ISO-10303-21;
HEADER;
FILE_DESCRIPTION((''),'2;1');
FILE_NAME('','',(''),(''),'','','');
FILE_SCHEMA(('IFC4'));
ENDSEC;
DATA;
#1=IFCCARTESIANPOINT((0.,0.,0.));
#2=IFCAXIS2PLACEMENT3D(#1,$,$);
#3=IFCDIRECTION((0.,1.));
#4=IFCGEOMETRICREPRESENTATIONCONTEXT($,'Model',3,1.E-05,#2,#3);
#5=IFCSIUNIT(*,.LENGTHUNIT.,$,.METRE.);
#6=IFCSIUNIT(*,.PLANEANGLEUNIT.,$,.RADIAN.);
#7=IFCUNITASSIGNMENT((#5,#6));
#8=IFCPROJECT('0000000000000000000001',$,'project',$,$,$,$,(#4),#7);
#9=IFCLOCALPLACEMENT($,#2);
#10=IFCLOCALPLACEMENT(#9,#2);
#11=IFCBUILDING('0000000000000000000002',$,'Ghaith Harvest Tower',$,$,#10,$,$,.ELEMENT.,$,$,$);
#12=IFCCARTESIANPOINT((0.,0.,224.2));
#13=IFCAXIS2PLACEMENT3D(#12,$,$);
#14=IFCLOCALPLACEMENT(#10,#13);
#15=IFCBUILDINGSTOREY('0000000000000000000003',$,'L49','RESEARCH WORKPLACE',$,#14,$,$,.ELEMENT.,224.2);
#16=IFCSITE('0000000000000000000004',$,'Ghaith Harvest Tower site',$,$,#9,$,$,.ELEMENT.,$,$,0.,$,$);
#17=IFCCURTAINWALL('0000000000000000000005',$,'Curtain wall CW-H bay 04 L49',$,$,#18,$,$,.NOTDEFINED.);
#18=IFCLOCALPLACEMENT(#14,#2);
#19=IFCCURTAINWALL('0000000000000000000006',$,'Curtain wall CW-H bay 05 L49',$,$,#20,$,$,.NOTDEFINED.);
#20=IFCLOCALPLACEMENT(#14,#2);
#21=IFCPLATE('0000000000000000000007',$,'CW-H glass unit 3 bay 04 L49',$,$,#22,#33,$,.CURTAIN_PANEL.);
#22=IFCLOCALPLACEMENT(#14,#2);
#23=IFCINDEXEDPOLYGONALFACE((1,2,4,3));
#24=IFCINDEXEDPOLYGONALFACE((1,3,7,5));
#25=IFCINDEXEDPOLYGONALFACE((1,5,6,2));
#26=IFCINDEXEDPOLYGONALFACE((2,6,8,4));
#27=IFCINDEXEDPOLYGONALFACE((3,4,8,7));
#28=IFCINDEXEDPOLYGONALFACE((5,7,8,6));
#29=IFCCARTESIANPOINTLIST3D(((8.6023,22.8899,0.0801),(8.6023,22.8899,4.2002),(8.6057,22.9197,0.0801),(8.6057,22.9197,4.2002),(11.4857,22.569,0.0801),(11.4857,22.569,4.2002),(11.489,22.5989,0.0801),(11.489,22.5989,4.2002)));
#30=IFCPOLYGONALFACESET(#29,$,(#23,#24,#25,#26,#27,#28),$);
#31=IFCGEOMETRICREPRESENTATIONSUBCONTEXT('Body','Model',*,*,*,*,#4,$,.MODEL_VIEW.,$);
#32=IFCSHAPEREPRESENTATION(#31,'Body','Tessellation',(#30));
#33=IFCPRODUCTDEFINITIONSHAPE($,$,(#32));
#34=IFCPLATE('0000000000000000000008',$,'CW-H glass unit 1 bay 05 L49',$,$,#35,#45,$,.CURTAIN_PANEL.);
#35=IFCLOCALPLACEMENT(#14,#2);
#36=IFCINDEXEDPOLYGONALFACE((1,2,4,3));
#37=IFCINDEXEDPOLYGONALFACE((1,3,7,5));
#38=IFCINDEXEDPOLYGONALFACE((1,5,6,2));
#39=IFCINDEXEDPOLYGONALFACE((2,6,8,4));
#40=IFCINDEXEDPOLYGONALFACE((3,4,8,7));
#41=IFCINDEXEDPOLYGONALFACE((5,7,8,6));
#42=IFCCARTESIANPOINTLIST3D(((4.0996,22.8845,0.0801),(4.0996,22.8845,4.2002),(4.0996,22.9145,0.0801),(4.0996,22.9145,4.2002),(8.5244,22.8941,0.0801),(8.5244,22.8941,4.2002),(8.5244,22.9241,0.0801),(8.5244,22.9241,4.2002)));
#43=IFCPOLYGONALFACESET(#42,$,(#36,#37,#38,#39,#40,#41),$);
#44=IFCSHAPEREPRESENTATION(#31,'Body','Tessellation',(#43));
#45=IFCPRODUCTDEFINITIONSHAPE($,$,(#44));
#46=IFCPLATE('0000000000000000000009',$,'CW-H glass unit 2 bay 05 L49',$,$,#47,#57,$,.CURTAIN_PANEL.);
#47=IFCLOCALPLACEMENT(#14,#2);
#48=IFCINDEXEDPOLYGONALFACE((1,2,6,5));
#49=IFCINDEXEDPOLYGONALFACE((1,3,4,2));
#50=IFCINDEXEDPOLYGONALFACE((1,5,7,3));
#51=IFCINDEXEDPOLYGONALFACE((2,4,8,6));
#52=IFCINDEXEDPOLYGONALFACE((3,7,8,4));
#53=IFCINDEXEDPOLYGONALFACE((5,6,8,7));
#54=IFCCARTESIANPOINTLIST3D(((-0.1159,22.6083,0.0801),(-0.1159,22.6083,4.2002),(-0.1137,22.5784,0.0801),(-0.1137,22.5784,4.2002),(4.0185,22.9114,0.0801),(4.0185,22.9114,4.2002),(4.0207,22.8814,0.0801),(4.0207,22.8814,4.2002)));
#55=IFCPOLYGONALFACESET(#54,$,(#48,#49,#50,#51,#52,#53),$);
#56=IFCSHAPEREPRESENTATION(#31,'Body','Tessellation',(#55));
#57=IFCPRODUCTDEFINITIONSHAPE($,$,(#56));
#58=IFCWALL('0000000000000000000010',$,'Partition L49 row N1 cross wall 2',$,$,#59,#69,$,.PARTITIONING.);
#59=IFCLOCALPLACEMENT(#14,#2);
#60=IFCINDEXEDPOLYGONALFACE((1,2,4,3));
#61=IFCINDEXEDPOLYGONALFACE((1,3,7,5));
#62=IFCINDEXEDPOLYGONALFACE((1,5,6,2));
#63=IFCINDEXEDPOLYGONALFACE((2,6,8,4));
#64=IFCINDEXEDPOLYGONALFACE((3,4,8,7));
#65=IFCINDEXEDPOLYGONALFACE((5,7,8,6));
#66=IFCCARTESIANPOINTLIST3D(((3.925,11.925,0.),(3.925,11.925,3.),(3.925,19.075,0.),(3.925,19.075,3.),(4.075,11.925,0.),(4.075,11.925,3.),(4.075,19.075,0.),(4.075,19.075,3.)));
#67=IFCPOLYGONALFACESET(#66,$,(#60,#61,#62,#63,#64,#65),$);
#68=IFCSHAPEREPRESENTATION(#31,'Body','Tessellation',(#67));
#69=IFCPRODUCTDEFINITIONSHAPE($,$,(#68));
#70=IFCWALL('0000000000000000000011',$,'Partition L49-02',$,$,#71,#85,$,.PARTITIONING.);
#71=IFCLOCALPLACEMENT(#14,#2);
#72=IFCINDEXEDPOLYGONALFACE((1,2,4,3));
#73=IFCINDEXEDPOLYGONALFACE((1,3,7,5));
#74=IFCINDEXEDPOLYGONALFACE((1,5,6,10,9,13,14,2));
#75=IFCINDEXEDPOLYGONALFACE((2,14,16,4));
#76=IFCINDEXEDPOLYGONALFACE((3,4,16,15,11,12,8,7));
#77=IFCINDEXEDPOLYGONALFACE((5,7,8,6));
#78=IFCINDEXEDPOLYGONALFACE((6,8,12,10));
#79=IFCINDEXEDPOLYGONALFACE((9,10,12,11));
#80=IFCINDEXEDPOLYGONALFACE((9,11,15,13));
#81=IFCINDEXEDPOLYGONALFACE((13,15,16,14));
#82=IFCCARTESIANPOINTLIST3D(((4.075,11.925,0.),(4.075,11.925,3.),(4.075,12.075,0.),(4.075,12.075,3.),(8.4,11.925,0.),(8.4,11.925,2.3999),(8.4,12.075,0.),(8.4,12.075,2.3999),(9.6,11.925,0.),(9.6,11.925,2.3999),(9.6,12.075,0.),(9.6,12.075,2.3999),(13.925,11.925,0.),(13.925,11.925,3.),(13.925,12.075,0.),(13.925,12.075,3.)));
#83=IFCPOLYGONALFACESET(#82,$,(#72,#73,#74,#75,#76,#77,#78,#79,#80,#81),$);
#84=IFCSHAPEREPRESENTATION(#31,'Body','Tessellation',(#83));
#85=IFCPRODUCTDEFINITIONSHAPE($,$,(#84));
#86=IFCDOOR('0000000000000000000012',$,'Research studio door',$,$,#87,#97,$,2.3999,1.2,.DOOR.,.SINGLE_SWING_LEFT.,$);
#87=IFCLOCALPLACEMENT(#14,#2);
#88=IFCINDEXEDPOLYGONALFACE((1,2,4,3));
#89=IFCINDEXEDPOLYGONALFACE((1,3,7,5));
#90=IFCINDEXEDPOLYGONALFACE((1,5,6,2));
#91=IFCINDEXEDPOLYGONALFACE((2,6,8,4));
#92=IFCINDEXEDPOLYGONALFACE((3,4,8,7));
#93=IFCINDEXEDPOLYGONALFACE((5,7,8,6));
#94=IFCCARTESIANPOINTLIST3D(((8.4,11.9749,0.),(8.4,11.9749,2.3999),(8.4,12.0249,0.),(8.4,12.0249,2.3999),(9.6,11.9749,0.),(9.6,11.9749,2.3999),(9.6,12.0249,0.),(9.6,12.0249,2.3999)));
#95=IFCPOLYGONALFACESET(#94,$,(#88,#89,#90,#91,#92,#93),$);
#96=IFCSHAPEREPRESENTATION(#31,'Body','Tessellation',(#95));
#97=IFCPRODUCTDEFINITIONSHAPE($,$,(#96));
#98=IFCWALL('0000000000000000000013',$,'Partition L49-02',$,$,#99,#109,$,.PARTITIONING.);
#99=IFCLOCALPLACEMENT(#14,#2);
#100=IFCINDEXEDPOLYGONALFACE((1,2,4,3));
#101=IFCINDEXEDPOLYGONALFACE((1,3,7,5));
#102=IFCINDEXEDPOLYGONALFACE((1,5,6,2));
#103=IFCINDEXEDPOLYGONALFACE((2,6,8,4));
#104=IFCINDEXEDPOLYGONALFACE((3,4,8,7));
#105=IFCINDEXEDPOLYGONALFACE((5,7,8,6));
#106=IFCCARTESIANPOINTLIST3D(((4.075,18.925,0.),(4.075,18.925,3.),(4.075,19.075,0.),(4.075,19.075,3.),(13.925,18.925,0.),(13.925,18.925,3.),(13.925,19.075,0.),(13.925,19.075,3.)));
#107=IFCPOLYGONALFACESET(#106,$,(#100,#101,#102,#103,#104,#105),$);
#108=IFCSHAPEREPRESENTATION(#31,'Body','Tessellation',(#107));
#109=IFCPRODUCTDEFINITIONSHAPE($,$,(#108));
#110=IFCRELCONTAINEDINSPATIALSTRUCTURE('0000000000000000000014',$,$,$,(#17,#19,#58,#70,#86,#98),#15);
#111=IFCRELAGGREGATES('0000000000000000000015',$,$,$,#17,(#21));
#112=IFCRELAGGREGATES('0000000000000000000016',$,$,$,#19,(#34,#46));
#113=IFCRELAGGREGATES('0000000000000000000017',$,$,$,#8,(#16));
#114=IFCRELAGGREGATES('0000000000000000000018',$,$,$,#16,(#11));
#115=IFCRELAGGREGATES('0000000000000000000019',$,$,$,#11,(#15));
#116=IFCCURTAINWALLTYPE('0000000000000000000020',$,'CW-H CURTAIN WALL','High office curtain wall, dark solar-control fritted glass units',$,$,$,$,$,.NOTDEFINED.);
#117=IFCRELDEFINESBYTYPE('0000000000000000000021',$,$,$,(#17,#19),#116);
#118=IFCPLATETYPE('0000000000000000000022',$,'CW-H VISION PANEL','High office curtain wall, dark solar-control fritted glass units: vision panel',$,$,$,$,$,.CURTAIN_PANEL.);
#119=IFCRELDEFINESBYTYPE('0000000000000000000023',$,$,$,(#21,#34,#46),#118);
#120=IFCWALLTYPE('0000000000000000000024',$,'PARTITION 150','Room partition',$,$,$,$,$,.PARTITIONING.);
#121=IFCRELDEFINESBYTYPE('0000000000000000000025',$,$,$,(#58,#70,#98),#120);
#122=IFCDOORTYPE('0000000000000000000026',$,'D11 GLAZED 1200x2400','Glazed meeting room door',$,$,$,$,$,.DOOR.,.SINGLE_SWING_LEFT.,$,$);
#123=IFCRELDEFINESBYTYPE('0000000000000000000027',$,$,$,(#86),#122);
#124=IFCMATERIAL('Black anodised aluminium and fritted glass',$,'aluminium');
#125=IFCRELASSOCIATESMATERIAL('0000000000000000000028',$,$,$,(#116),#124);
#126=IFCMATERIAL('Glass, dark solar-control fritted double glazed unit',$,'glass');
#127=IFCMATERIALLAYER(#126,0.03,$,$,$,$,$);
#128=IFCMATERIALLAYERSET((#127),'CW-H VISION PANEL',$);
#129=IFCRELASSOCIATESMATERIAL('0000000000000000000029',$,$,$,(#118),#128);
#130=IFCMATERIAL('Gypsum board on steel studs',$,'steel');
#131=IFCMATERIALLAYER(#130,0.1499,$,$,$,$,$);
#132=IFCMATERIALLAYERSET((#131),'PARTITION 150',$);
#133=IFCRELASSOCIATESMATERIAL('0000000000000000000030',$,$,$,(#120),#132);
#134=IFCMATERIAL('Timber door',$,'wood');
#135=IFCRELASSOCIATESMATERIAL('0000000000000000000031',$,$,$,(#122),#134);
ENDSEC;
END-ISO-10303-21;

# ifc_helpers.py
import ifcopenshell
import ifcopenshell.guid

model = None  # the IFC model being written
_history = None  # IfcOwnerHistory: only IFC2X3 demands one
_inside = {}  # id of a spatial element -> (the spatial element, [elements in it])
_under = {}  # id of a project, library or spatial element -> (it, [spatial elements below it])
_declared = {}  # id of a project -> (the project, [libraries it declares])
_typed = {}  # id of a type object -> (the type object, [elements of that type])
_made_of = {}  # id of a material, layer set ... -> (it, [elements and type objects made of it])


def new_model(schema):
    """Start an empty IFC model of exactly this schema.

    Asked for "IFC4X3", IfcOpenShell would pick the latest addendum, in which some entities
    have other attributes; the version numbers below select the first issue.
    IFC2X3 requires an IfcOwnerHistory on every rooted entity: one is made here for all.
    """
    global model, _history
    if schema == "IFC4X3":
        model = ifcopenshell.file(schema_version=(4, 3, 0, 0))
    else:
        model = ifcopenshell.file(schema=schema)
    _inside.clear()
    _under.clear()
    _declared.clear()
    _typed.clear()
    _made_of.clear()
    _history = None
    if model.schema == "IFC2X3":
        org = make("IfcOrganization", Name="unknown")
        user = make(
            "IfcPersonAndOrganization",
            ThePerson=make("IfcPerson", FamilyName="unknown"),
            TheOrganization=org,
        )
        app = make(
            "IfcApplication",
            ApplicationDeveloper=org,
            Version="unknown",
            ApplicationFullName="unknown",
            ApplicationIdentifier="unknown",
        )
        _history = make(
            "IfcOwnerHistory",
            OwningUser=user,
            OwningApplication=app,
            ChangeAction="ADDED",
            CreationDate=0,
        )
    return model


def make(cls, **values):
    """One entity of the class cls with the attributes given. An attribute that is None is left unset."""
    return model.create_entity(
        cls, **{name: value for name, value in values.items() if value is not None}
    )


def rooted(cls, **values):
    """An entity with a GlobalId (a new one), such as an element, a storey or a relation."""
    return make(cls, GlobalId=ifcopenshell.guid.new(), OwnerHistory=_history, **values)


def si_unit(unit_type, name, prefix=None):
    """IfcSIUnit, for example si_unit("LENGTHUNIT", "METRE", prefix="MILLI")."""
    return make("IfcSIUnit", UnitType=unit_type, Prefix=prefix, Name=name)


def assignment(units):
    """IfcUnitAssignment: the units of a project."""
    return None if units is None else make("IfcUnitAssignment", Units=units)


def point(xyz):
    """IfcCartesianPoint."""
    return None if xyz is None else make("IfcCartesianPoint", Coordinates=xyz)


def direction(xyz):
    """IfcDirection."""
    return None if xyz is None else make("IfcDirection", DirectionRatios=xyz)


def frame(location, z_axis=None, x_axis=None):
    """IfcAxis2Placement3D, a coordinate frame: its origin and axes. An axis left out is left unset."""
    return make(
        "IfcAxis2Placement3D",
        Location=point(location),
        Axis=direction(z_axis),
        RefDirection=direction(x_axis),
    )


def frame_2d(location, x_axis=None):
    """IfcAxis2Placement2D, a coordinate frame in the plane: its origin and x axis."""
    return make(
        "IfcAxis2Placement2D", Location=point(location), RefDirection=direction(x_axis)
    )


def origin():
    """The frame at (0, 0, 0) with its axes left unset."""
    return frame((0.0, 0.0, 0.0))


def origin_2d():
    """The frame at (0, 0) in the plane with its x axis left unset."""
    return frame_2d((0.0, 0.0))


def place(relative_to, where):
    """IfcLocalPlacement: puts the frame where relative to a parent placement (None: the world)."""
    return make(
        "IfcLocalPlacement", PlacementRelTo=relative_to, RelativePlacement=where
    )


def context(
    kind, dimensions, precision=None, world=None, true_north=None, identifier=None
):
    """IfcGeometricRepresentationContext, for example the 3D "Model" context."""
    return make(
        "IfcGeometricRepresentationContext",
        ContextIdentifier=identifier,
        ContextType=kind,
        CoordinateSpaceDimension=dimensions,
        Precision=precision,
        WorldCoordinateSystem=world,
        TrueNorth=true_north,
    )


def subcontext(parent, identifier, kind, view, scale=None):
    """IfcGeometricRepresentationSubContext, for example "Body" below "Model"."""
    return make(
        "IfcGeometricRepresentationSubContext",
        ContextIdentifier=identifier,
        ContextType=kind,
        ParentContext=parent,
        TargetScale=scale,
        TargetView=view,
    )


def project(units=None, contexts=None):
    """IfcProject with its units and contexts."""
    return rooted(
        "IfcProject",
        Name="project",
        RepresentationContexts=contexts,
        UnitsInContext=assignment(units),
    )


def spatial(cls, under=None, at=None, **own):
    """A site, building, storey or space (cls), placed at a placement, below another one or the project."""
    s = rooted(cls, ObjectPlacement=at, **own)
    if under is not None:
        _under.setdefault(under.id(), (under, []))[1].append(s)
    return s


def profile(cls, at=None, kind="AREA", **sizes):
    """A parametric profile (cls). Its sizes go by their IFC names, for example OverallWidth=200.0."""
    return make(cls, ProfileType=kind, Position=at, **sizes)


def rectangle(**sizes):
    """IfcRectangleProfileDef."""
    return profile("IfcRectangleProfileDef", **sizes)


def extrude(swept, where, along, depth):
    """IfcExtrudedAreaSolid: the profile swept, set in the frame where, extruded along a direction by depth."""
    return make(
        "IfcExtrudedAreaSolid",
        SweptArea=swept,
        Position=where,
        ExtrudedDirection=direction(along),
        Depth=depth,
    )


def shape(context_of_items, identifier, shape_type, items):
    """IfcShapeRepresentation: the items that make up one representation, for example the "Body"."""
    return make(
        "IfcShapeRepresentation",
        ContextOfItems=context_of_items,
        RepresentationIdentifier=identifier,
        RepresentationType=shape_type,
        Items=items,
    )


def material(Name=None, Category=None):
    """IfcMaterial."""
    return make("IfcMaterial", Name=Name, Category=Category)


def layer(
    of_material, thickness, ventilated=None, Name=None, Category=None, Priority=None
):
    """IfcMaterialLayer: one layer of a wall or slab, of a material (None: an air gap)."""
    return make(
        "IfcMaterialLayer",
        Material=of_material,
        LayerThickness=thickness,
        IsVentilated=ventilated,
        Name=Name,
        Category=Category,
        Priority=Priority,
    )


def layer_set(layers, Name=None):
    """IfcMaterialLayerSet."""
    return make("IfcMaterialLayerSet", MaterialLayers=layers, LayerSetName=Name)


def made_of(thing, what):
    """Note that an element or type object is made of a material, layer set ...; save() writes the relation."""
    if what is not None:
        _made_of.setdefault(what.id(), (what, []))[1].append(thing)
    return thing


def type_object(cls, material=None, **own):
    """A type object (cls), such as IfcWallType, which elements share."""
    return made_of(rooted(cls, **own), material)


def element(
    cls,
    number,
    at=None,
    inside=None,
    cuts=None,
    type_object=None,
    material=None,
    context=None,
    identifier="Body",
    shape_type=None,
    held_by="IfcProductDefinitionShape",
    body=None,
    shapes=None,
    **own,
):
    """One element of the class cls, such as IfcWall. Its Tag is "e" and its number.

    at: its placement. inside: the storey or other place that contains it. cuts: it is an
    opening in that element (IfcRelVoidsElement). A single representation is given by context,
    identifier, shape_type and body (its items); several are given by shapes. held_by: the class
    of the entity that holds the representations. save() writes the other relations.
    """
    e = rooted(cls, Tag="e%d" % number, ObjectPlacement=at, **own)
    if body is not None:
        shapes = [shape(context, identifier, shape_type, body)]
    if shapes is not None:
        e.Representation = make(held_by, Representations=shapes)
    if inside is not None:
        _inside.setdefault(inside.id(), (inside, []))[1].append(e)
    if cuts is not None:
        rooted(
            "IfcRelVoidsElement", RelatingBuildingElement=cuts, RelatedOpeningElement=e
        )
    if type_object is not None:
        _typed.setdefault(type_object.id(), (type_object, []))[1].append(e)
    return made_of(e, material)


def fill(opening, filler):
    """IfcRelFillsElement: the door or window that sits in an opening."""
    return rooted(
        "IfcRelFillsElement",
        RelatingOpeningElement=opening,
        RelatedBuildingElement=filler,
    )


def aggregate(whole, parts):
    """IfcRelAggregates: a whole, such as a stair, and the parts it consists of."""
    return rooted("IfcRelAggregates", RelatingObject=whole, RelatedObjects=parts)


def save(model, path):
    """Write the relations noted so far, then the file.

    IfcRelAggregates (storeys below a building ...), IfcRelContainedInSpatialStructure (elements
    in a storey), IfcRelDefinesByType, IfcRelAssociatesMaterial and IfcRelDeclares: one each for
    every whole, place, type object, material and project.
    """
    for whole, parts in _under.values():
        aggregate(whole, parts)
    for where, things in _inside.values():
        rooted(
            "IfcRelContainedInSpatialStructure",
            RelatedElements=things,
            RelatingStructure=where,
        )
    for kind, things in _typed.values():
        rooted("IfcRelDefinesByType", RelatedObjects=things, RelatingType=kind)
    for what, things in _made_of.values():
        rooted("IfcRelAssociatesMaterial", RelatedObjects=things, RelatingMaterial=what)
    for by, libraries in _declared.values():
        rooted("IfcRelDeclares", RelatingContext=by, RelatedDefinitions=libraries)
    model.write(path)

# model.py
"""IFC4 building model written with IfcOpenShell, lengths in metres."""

from ifc_helpers import new_model, si_unit, direction, frame, frame_2d, origin, origin_2d, place, context, subcontext, project, spatial, rectangle, extrude, material, layer, layer_set, type_object, element, fill, aggregate, save


model = new_model("IFC4")

# Units and contexts
model_context = context("Model", 3, precision=1e-05, world=origin(), true_north=direction((0.0, 1.0)))
body_context = subcontext(model_context, "Body", "Model", "MODEL_VIEW")
ifc_project = project(units=[si_unit("LENGTHUNIT", "METRE"), si_unit("PLANEANGLEUNIT", "RADIAN")], contexts=[model_context])

# Site, building, storey
site_placement = place(None, origin())
site = spatial("IfcSite", under=ifc_project, at=site_placement, Name="Ghaith Harvest Tower site", CompositionType="ELEMENT", RefElevation=0.0)
building_placement = place(site_placement, origin())
building = spatial("IfcBuilding", under=site, at=building_placement, Name="Ghaith Harvest Tower", CompositionType="ELEMENT")
storey_placement = place(building_placement, frame((0.0, 0.0, 224.2)))
storey = spatial("IfcBuildingStorey", under=building, at=storey_placement, Name="L49", Description="RESEARCH WORKPLACE", CompositionType="ELEMENT", Elevation=224.2)

# Curtain wall
ifc_material_1 = material(Name="Black anodised aluminium and fritted glass", Category="aluminium")
curtain_wall_type = type_object("IfcCurtainWallType", Name="CW-H CURTAIN WALL", Description="High office curtain wall, dark solar-control fritted glass units", PredefinedType="NOTDEFINED", material=ifc_material_1)
curtain_wall_1_placement = place(storey_placement, origin())
curtain_wall_1 = element("IfcCurtainWall", 1, at=curtain_wall_1_placement, inside=storey, type_object=curtain_wall_type, Name="Curtain wall CW-H bay 04 L49", PredefinedType="NOTDEFINED")

# Curtain wall
curtain_wall_2_placement = place(storey_placement, origin())
curtain_wall_2 = element("IfcCurtainWall", 2, at=curtain_wall_2_placement, inside=storey, type_object=curtain_wall_type, Name="Curtain wall CW-H bay 05 L49", PredefinedType="NOTDEFINED")

# Plates
ifc_material_2 = material(Name="Glass, dark solar-control fritted double glazed unit", Category="glass")
ifc_layer_1 = layer(ifc_material_2, 0.03)
ifc_layer_set_1 = layer_set([ifc_layer_1], Name="CW-H VISION PANEL")
plate_type = type_object("IfcPlateType", Name="CW-H VISION PANEL", Description="High office curtain wall, dark solar-control fritted glass units: vision panel", PredefinedType="CURTAIN_PANEL", material=ifc_layer_set_1)
plate_1_placement = place(storey_placement, frame((10.0457, 22.7444, 0.0801), z_axis=(0.0, 0.0, 1.0), x_axis=(-0.993865, 0.110598, 0.0)))
plate_1 = element("IfcPlate", 3, at=plate_1_placement, type_object=plate_type, Name="CW-H glass unit 3 bay 04 L49", PredefinedType="CURTAIN_PANEL", context=body_context, shape_type="SweptSolid", body=[
    extrude(rectangle(XDim=2.9011, YDim=0.03, at=origin_2d()), origin(), (0.0, 0.0, 1.0), 4.1201),
])
aggregate(curtain_wall_1, [plate_1])
plate_2_placement = place(storey_placement, frame((6.312, 22.9043, 0.0801), z_axis=(0.0, 0.0, 1.0), x_axis=(-0.999998, -0.002171, 0.0)))
plate_2 = element("IfcPlate", 4, at=plate_2_placement, type_object=plate_type, Name="CW-H glass unit 1 bay 05 L49", PredefinedType="CURTAIN_PANEL", context=body_context, shape_type="SweptSolid", body=[
    extrude(rectangle(XDim=4.4248, YDim=0.03, at=origin_2d()), origin(), (0.0, 0.0, 1.0), 4.1201),
])
plate_3_placement = place(storey_placement, frame((1.9524, 22.7449, 0.0801), z_axis=(0.0, 0.0, 1.0), x_axis=(-0.997325, -0.073101, 0.0)))
plate_3 = element("IfcPlate", 5, at=plate_3_placement, type_object=plate_type, Name="CW-H glass unit 2 bay 05 L49", PredefinedType="CURTAIN_PANEL", context=body_context, shape_type="SweptSolid", body=[
    extrude(rectangle(XDim=4.1455, YDim=0.03, at=origin_2d()), origin(), (0.0, 0.0, 1.0), 4.1201),
])
aggregate(curtain_wall_2, [plate_2, plate_3])

# Wall
ifc_material_3 = material(Name="Gypsum board on steel studs", Category="steel")
ifc_layer_2 = layer(ifc_material_3, 0.1499)
ifc_layer_set_2 = layer_set([ifc_layer_2], Name="PARTITION 150")
wall_type = type_object("IfcWallType", Name="PARTITION 150", Description="Room partition", PredefinedType="PARTITIONING", material=ifc_layer_set_2)
wall_1_placement = place(storey_placement, frame((4.0, 11.925, 0.0), z_axis=(0.0, 0.0, 1.0), x_axis=(0.0, 1.0, 0.0)))
element("IfcWall", 6, at=wall_1_placement, inside=storey, type_object=wall_type, Name="Partition L49 row N1 cross wall 2", PredefinedType="PARTITIONING", context=body_context, shape_type="SweptSolid", body=[
    extrude(rectangle(XDim=7.1499, YDim=0.1499, at=frame_2d((3.575, 0.0))), origin(), (0.0, 0.0, 1.0), 3.0),
])

# Wall, opening, door
wall_2_placement = place(storey_placement, frame((4.075, 12.0, 0.0), z_axis=(0.0, 0.0, 1.0), x_axis=(1.0, 0.0, 0.0)))
wall_2 = element("IfcWall", 7, at=wall_2_placement, inside=storey, type_object=wall_type, Name="Partition L49-02", PredefinedType="PARTITIONING", context=body_context, shape_type="SweptSolid", body=[
    extrude(rectangle(XDim=9.8501, YDim=0.1499, at=frame_2d((4.925, 0.0))), origin(), (0.0, 0.0, 1.0), 3.0),
])
opening_placement = place(wall_2_placement, frame((4.325, 0.0, 0.0)))
opening = element("IfcOpeningElement", 8, at=opening_placement, cuts=wall_2, PredefinedType="OPENING", context=body_context, shape_type="SweptSolid", body=[
    extrude(rectangle(XDim=1.2, YDim=2.3999, at=frame_2d((0.6001, 1.2))), frame((0.0, 0.085, 0.0), z_axis=(0.0, -1.0, 0.0), x_axis=(1.0, 0.0, 0.0)), (0.0, 0.0, 1.0), 0.1699),
])
ifc_material_4 = material(Name="Timber door", Category="wood")
door_type = type_object("IfcDoorType", Name="D11 GLAZED 1200x2400", Description="Glazed meeting room door", OperationType="SINGLE_SWING_LEFT", PredefinedType="DOOR", material=ifc_material_4)
door_placement = place(opening_placement, origin())
door = element("IfcDoor", 9, at=door_placement, inside=storey, type_object=door_type, Name="Research studio door", OperationType="SINGLE_SWING_LEFT", OverallHeight=2.3999, OverallWidth=1.2, PredefinedType="DOOR", context=body_context, shape_type="SweptSolid", body=[
    extrude(rectangle(XDim=1.2, YDim=2.3999, at=frame_2d((0.6001, 1.2))), frame((0.0, 0.0249, 0.0), z_axis=(0.0, -1.0, 0.0), x_axis=(1.0, 0.0, 0.0)), (0.0, 0.0, 1.0), 0.05),
])
fill(opening, door)

# Wall
wall_3_placement = place(storey_placement, frame((4.075, 19.0, 0.0), z_axis=(0.0, 0.0, 1.0), x_axis=(1.0, 0.0, 0.0)))
element("IfcWall", 10, at=wall_3_placement, inside=storey, type_object=wall_type, Name="Partition L49-02", PredefinedType="PARTITIONING", context=body_context, shape_type="SweptSolid", body=[
    extrude(rectangle(XDim=9.8501, YDim=0.1499, at=frame_2d((4.925, 0.0))), origin(), (0.0, 0.0, 1.0), 3.0),
])

save(model, "model.ifc")
